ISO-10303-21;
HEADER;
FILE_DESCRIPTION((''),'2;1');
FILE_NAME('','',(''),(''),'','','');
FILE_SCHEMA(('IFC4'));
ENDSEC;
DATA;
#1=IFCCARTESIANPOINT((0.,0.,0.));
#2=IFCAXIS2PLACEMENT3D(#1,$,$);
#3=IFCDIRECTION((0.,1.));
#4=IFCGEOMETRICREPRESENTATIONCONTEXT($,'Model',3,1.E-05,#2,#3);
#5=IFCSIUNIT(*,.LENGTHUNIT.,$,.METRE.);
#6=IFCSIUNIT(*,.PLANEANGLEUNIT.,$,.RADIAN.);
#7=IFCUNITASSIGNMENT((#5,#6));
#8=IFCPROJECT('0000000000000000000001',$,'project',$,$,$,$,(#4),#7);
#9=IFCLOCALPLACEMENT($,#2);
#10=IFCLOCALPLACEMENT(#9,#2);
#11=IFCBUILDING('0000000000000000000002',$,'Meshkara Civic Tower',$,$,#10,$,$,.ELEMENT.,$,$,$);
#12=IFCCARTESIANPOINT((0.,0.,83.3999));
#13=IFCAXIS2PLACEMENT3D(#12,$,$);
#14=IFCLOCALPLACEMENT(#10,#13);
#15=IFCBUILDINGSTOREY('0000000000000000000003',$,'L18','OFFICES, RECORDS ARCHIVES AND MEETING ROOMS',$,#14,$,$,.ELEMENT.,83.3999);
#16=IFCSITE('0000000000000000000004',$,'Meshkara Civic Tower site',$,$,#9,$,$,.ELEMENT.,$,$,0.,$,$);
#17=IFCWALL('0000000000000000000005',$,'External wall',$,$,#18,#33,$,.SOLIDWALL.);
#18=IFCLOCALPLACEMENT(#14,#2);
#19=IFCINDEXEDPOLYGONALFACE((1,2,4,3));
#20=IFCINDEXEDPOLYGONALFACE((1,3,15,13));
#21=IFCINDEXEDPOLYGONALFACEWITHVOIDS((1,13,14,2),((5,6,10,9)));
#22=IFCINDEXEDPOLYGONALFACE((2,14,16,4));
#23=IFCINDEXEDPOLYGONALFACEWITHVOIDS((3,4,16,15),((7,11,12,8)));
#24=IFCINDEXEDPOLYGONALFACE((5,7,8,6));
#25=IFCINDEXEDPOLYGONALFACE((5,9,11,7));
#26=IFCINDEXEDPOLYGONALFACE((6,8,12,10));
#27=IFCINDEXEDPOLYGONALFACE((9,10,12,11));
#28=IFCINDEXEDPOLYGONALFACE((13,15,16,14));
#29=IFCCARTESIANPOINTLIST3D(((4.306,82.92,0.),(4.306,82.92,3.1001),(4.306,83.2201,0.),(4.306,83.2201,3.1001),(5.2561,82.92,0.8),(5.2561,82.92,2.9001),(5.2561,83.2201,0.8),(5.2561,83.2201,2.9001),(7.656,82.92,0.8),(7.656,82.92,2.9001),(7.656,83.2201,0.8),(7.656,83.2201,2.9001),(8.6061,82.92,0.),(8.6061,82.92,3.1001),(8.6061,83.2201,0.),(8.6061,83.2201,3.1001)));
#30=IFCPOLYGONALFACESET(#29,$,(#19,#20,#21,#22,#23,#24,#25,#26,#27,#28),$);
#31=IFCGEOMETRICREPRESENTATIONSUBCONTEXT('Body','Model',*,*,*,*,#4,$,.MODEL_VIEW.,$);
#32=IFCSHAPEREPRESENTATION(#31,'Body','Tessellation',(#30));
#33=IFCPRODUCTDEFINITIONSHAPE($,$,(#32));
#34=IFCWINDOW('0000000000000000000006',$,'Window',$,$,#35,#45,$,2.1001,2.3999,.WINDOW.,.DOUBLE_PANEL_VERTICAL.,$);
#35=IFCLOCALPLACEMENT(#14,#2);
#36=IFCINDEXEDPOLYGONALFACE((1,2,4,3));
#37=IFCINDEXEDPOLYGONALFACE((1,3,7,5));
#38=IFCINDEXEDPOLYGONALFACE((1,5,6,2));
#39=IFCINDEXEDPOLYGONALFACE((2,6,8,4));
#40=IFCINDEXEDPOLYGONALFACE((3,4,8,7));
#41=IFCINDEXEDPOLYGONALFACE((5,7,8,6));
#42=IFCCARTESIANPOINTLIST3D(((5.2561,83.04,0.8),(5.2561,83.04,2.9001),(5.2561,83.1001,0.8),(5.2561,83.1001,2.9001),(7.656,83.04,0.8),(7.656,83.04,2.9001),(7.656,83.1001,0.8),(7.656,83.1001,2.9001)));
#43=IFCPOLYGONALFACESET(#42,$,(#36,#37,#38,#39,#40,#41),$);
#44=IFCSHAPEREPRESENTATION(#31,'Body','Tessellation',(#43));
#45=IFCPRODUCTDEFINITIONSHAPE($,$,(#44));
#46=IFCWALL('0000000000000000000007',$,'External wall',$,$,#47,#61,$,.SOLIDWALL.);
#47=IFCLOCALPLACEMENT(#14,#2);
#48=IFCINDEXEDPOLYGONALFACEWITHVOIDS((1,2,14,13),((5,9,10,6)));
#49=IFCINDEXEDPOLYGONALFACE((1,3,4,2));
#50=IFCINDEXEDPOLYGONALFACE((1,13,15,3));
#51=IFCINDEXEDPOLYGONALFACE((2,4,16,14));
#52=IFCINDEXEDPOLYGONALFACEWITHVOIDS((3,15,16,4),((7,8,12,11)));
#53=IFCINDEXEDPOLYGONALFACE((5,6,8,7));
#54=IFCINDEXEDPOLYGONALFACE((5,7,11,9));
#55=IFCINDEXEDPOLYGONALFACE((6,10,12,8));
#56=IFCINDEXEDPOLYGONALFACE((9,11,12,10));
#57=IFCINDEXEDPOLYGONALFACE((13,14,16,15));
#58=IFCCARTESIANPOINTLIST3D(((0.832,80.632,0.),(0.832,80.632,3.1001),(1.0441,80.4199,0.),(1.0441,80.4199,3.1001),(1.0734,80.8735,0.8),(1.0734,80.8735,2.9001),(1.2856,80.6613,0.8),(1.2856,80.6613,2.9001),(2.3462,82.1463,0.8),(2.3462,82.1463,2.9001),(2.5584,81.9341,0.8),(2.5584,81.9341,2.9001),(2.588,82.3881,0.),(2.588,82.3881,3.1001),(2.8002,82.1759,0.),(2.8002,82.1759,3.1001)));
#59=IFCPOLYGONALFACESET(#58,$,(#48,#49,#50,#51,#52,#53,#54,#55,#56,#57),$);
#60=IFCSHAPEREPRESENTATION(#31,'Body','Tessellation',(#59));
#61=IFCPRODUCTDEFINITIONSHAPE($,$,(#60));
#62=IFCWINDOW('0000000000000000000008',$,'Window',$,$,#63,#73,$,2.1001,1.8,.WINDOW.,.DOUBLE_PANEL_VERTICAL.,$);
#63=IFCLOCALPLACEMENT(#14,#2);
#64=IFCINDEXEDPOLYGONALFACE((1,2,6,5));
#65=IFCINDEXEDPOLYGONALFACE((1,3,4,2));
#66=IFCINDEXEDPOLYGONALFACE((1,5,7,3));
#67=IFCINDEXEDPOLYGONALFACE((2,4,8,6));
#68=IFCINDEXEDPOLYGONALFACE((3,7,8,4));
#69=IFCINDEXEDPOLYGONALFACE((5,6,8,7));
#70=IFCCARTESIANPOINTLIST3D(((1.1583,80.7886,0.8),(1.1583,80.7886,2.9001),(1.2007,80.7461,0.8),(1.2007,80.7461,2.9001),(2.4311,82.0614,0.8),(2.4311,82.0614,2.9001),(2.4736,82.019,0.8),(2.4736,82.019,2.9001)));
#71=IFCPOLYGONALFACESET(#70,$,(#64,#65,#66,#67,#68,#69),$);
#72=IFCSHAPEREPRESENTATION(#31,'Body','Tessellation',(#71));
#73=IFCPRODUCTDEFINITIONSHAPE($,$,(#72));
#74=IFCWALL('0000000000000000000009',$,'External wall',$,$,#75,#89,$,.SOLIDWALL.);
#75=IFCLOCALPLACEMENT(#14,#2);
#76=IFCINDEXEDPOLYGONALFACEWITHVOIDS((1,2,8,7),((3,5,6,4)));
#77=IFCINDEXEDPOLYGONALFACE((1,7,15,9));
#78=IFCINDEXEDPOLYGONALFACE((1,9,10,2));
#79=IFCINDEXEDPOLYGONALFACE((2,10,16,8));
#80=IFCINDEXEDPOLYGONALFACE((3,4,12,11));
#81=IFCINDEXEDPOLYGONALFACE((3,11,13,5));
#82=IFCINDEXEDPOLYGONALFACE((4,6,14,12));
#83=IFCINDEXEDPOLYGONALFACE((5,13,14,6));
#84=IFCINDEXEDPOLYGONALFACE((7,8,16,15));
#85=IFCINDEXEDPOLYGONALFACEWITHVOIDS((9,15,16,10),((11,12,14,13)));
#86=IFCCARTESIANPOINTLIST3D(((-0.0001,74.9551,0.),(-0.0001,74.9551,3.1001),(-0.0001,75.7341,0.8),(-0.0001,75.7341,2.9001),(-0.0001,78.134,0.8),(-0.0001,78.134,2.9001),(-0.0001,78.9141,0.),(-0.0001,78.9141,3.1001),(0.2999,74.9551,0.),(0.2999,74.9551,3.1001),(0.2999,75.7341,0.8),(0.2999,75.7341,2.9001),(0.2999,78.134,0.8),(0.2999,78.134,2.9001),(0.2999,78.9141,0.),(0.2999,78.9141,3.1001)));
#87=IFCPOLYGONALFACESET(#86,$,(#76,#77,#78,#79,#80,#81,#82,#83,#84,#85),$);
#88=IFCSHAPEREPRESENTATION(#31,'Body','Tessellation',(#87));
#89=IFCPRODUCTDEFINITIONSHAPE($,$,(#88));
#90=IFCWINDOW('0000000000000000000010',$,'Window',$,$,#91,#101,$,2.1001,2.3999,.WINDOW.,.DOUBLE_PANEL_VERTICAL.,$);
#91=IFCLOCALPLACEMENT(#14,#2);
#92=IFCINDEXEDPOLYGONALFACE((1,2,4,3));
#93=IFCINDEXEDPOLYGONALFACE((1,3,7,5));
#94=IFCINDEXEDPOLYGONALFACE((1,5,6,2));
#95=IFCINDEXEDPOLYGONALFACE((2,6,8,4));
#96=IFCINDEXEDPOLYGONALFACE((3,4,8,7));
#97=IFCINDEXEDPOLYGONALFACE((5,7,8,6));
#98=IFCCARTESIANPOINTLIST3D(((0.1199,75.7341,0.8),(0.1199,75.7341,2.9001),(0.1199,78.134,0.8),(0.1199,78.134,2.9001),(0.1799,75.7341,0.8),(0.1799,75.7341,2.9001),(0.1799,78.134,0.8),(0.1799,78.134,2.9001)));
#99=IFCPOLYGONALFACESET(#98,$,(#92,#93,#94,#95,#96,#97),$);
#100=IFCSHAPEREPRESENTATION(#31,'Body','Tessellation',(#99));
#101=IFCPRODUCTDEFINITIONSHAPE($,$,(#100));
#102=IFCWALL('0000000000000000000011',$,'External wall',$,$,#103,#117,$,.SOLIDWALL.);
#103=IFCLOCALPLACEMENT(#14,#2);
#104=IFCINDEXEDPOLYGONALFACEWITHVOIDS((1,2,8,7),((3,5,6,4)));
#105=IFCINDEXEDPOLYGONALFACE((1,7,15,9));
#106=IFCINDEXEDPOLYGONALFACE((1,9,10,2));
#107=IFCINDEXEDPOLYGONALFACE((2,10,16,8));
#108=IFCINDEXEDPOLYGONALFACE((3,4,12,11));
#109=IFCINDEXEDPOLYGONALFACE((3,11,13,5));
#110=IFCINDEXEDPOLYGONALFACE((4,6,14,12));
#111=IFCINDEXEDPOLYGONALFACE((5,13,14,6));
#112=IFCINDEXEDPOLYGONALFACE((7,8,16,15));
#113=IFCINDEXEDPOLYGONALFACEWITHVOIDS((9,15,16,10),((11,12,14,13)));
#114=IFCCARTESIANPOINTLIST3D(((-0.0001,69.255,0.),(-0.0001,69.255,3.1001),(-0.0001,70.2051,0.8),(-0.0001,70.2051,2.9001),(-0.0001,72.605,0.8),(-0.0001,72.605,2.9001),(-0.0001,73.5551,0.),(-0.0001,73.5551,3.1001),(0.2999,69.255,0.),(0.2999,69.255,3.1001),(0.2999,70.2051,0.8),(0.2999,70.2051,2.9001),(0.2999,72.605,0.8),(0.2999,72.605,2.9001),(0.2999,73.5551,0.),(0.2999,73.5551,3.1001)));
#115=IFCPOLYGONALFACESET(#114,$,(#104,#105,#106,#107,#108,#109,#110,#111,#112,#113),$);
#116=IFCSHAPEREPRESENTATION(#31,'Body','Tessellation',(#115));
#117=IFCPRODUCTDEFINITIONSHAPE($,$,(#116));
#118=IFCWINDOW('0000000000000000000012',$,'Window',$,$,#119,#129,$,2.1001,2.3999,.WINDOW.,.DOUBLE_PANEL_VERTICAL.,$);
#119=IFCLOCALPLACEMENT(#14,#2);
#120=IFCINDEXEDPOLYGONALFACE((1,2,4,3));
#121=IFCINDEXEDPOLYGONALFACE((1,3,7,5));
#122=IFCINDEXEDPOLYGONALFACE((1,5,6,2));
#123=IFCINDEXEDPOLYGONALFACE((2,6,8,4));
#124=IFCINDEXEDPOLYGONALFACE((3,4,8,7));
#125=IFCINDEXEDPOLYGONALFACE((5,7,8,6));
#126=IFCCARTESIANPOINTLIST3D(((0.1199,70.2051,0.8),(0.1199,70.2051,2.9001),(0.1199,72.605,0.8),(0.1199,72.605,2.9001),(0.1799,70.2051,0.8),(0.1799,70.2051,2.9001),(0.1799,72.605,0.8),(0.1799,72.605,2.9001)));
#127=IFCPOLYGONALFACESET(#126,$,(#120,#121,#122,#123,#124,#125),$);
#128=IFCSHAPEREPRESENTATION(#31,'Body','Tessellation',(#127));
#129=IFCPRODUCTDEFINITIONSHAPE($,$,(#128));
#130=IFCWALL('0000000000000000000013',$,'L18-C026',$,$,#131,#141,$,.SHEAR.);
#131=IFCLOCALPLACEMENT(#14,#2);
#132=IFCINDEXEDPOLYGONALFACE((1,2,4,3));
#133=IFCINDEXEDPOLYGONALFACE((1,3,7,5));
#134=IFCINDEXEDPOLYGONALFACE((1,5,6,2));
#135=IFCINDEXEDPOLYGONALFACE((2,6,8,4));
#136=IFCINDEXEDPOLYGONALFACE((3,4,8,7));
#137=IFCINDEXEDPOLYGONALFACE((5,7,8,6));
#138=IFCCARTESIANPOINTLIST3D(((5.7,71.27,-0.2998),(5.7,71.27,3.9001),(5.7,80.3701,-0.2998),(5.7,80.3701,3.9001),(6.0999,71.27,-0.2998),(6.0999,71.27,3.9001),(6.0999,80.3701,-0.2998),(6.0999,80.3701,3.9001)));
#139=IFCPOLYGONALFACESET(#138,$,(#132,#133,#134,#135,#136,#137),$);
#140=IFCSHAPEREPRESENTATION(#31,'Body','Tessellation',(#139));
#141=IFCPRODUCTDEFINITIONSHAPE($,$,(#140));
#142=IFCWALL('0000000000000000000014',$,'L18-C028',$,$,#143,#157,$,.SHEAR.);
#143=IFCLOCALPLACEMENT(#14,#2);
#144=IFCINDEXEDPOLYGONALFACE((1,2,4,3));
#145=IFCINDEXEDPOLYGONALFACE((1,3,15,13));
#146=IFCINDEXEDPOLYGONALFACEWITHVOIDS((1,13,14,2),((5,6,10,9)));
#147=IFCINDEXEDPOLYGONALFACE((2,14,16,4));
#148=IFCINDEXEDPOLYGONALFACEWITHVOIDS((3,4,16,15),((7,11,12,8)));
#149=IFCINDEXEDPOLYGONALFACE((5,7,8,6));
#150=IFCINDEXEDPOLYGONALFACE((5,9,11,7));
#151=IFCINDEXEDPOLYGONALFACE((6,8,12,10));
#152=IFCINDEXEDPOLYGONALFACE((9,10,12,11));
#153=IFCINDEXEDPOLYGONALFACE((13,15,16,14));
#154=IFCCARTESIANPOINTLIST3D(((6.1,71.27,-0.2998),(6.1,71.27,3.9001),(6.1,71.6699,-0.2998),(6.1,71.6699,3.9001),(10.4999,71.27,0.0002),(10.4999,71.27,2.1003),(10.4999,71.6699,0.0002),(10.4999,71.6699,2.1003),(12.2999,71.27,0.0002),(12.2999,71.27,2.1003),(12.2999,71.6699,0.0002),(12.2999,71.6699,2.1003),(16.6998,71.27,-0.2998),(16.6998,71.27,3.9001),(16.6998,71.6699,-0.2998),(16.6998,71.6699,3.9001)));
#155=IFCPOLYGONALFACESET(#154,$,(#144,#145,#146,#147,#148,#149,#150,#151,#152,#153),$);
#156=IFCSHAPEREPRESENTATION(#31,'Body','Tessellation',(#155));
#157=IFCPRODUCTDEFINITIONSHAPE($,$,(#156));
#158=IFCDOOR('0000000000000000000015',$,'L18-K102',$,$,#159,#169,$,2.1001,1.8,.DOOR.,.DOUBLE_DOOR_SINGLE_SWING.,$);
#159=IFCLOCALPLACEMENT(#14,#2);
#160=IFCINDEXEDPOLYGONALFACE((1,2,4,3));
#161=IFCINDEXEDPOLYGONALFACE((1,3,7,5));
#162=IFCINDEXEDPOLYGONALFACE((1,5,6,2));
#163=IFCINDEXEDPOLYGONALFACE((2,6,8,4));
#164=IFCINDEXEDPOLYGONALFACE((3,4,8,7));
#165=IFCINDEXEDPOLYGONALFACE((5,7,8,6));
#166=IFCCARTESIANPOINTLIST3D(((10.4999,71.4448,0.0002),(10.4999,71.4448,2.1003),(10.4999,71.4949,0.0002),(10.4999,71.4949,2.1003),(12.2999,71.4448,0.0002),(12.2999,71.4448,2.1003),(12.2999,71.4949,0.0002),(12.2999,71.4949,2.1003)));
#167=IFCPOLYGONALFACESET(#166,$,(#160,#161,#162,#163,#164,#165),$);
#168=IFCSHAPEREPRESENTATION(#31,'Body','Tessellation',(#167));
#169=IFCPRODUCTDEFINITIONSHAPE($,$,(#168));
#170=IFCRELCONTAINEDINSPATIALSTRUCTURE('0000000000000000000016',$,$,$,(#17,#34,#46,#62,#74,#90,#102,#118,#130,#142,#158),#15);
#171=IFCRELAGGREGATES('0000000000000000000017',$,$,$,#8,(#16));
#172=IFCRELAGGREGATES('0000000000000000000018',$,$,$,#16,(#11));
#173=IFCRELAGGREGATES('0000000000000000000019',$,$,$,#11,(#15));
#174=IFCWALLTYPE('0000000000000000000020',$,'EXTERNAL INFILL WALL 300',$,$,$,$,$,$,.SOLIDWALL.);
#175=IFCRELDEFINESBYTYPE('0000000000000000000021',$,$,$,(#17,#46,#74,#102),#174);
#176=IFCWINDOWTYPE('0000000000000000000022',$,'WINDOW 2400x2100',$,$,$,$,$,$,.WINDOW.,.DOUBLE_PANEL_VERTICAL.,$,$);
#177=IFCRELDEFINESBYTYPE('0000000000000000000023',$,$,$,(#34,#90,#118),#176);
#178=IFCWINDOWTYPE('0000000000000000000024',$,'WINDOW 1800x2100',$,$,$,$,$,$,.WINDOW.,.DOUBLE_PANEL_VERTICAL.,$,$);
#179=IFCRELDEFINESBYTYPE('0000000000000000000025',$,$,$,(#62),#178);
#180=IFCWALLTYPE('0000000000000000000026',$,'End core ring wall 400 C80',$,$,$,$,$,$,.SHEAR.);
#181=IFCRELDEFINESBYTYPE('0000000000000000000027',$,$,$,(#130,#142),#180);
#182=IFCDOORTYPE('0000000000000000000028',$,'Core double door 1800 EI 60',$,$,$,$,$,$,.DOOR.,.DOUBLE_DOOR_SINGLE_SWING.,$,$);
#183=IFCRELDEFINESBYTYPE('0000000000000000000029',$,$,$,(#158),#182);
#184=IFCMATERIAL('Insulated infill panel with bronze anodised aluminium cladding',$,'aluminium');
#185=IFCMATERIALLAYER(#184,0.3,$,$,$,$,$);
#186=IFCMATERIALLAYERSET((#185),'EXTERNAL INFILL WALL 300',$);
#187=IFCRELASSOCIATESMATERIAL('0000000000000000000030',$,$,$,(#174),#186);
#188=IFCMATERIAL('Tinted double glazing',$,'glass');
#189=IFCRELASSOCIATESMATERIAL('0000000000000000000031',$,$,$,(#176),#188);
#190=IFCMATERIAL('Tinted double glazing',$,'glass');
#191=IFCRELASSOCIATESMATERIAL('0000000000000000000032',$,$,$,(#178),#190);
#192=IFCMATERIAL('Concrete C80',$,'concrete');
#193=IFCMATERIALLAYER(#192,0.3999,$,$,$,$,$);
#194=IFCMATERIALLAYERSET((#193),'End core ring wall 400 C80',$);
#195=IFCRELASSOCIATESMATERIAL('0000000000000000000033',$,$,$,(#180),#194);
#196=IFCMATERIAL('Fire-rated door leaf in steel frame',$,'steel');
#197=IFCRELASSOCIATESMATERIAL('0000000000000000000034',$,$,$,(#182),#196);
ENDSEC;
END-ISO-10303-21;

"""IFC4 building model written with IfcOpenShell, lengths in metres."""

from ifc_helpers import new_model, si_unit, direction, frame, frame_2d, origin, place, context, subcontext, project, spatial, rectangle, extrude, material, layer, layer_set, type_object, element, fill, save


model = new_model("IFC4")

# Units and contexts
model_context = context("Model", 3, precision=1e-05, world=origin(), true_north=direction((0.0, 1.0)))
body_context = subcontext(model_context, "Body", "Model", "MODEL_VIEW")
ifc_project = project(units=[si_unit("LENGTHUNIT", "METRE"), si_unit("PLANEANGLEUNIT", "RADIAN")], contexts=[model_context])

# Site, building, storey
site_placement = place(None, origin())
site = spatial("IfcSite", under=ifc_project, at=site_placement, Name="Meshkara Civic Tower site", CompositionType="ELEMENT", RefElevation=0.0)
building_placement = place(site_placement, origin())
building = spatial("IfcBuilding", under=site, at=building_placement, Name="Meshkara Civic Tower", CompositionType="ELEMENT")
storey_placement = place(building_placement, frame((0.0, 0.0, 83.3999)))
storey = spatial("IfcBuildingStorey", under=building, at=storey_placement, Name="L18", Description="OFFICES, RECORDS ARCHIVES AND MEETING ROOMS", CompositionType="ELEMENT", Elevation=83.3999)

# Walls, openings, windows
ifc_material_1 = material(Name="Insulated infill panel with bronze anodised aluminium cladding", Category="aluminium")
ifc_layer_1 = layer(ifc_material_1, 0.3)
ifc_layer_set_1 = layer_set([ifc_layer_1], Name="EXTERNAL INFILL WALL 300")
wall_type_1 = type_object("IfcWallType", Name="EXTERNAL INFILL WALL 300", PredefinedType="SOLIDWALL", material=ifc_layer_set_1)
wall_1_placement = place(storey_placement, frame((8.606, 83.0701, 0.0), z_axis=(0.0, 0.0, 1.0), x_axis=(-1.0, 0.0, 0.0)))
wall_1 = element("IfcWall", 1, at=wall_1_placement, inside=storey, type_object=wall_type_1, Name="External wall", PredefinedType="SOLIDWALL", context=body_context, shape_type="SweptSolid", body=[
    extrude(rectangle(XDim=4.3, YDim=0.3, at=frame_2d((2.1499, 0.0))), origin(), (0.0, 0.0, 1.0), 3.1001),
])
opening_1_placement = place(wall_1_placement, frame((0.95, 0.0, 0.8)))
opening_1 = element("IfcOpeningElement", 2, at=opening_1_placement, cuts=wall_1, PredefinedType="OPENING", context=body_context, shape_type="SweptSolid", body=[
    extrude(rectangle(XDim=2.3999, YDim=2.1001, at=frame_2d((1.2, 1.05))), frame((0.0, 0.1599, 0.0), z_axis=(0.0, -1.0, 0.0), x_axis=(1.0, 0.0, 0.0)), (0.0, 0.0, 1.0), 0.3201),
])
ifc_material_2 = material(Name="Tinted double glazing", Category="glass")
window_type_1 = type_object("IfcWindowType", Name="WINDOW 2400x2100", PartitioningType="DOUBLE_PANEL_VERTICAL", PredefinedType="WINDOW", material=ifc_material_2)
window_1_placement = place(opening_1_placement, origin())
window_1 = element("IfcWindow", 3, at=window_1_placement, inside=storey, type_object=window_type_1, Name="Window", OverallHeight=2.1001, OverallWidth=2.3999, PartitioningType="DOUBLE_PANEL_VERTICAL", PredefinedType="WINDOW", context=body_context, shape_type="SweptSolid", body=[
    extrude(rectangle(XDim=2.3999, YDim=2.1001, at=frame_2d((1.2, 1.05))), frame((0.0, 0.03, 0.0), z_axis=(0.0, -1.0, 0.0), x_axis=(1.0, 0.0, 0.0)), (0.0, 0.0, 1.0), 0.0601),
])
fill(opening_1, window_1)
wall_2_placement = place(storey_placement, frame((2.6941, 82.282, 0.0), z_axis=(0.0, 0.0, 1.0), x_axis=(-0.707107, -0.707107, 0.0)))
wall_2 = element("IfcWall", 4, at=wall_2_placement, inside=storey, type_object=wall_type_1, Name="External wall", PredefinedType="SOLIDWALL", context=body_context, shape_type="SweptSolid", body=[
    extrude(rectangle(XDim=2.4834, YDim=0.3, at=frame_2d((1.2417, 0.0))), origin(), (0.0, 0.0, 1.0), 3.1001),
])
opening_2_placement = place(wall_2_placement, frame((0.342, 0.0, 0.8)))
opening_2 = element("IfcOpeningElement", 5, at=opening_2_placement, cuts=wall_2, PredefinedType="OPENING", context=body_context, shape_type="SweptSolid", body=[
    extrude(rectangle(XDim=1.8, YDim=2.1001, at=frame_2d((0.8999, 1.05))), frame((0.0, 0.1599, 0.0), z_axis=(0.0, -1.0, 0.0), x_axis=(1.0, 0.0, 0.0)), (0.0, 0.0, 1.0), 0.3201),
])
ifc_material_3 = material(Name="Tinted double glazing", Category="glass")
window_type_2 = type_object("IfcWindowType", Name="WINDOW 1800x2100", PartitioningType="DOUBLE_PANEL_VERTICAL", PredefinedType="WINDOW", material=ifc_material_3)
window_2_placement = place(opening_2_placement, origin())
window_2 = element("IfcWindow", 6, at=window_2_placement, inside=storey, type_object=window_type_2, Name="Window", OverallHeight=2.1001, OverallWidth=1.8, PartitioningType="DOUBLE_PANEL_VERTICAL", PredefinedType="WINDOW", context=body_context, shape_type="SweptSolid", body=[
    extrude(rectangle(XDim=1.8, YDim=2.1001, at=frame_2d((0.8999, 1.05))), frame((0.0, 0.03, 0.0), z_axis=(0.0, -1.0, 0.0), x_axis=(1.0, 0.0, 0.0)), (0.0, 0.0, 1.0), 0.0601),
])
fill(opening_2, window_2)
wall_3_placement = place(storey_placement, frame((0.1499, 78.9141, 0.0), z_axis=(0.0, 0.0, 1.0), x_axis=(0.0, -1.0, 0.0)))
wall_3 = element("IfcWall", 7, at=wall_3_placement, inside=storey, type_object=wall_type_1, Name="External wall", PredefinedType="SOLIDWALL", context=body_context, shape_type="SweptSolid", body=[
    extrude(rectangle(XDim=3.959, YDim=0.3, at=frame_2d((1.9795, 0.0))), origin(), (0.0, 0.0, 1.0), 3.1001),
])
opening_3_placement = place(wall_3_placement, frame((0.78, 0.0, 0.8)))
opening_3 = element("IfcOpeningElement", 8, at=opening_3_placement, cuts=wall_3, PredefinedType="OPENING", context=body_context, shape_type="SweptSolid", body=[
    extrude(rectangle(XDim=2.3999, YDim=2.1001, at=frame_2d((1.2, 1.05))), frame((0.0, 0.1599, 0.0), z_axis=(0.0, -1.0, 0.0), x_axis=(1.0, 0.0, 0.0)), (0.0, 0.0, 1.0), 0.3201),
])
window_3_placement = place(opening_3_placement, origin())
window_3 = element("IfcWindow", 9, at=window_3_placement, inside=storey, type_object=window_type_1, Name="Window", OverallHeight=2.1001, OverallWidth=2.3999, PartitioningType="DOUBLE_PANEL_VERTICAL", PredefinedType="WINDOW", context=body_context, shape_type="SweptSolid", body=[
    extrude(rectangle(XDim=2.3999, YDim=2.1001, at=frame_2d((1.2, 1.05))), frame((0.0, 0.03, 0.0), z_axis=(0.0, -1.0, 0.0), x_axis=(1.0, 0.0, 0.0)), (0.0, 0.0, 1.0), 0.0601),
])
fill(opening_3, window_3)
wall_4_placement = place(storey_placement, frame((0.1499, 73.5549, 0.0), z_axis=(0.0, 0.0, 1.0), x_axis=(0.0, -1.0, 0.0)))
wall_4 = element("IfcWall", 10, at=wall_4_placement, inside=storey, type_object=wall_type_1, Name="External wall", PredefinedType="SOLIDWALL", context=body_context, shape_type="SweptSolid", body=[
    extrude(rectangle(XDim=4.3, YDim=0.3, at=frame_2d((2.1499, 0.0))), origin(), (0.0, 0.0, 1.0), 3.1001),
])
opening_4_placement = place(wall_4_placement, frame((0.95, 0.0, 0.8)))
opening_4 = element("IfcOpeningElement", 11, at=opening_4_placement, cuts=wall_4, PredefinedType="OPENING", context=body_context, shape_type="SweptSolid", body=[
    extrude(rectangle(XDim=2.3999, YDim=2.1001, at=frame_2d((1.2, 1.05))), frame((0.0, 0.1599, 0.0), z_axis=(0.0, -1.0, 0.0), x_axis=(1.0, 0.0, 0.0)), (0.0, 0.0, 1.0), 0.3201),
])
window_4_placement = place(opening_4_placement, origin())
window_4 = element("IfcWindow", 12, at=window_4_placement, inside=storey, type_object=window_type_1, Name="Window", OverallHeight=2.1001, OverallWidth=2.3999, PartitioningType="DOUBLE_PANEL_VERTICAL", PredefinedType="WINDOW", context=body_context, shape_type="SweptSolid", body=[
    extrude(rectangle(XDim=2.3999, YDim=2.1001, at=frame_2d((1.2, 1.05))), frame((0.0, 0.03, 0.0), z_axis=(0.0, -1.0, 0.0), x_axis=(1.0, 0.0, 0.0)), (0.0, 0.0, 1.0), 0.0601),
])
fill(opening_4, window_4)

# Wall
ifc_material_4 = material(Name="Concrete C80", Category="concrete")
ifc_layer_2 = layer(ifc_material_4, 0.3999)
ifc_layer_set_2 = layer_set([ifc_layer_2], Name="End core ring wall 400 C80")
wall_type_2 = type_object("IfcWallType", Name="End core ring wall 400 C80", PredefinedType="SHEAR", material=ifc_layer_set_2)
wall_5_placement = place(storey_placement, frame((5.8999, 71.27, -0.2998), z_axis=(0.0, 0.0, 1.0), x_axis=(0.0, 1.0, 0.0)))
element("IfcWall", 13, at=wall_5_placement, inside=storey, type_object=wall_type_2, Name="L18-C026", PredefinedType="SHEAR", context=body_context, shape_type="SweptSolid", body=[
    extrude(rectangle(XDim=9.1001, YDim=0.3999, at=frame_2d((4.55, 0.0))), origin(), (0.0, 0.0, 1.0), 4.2),
])

# Wall, opening, door
wall_6_placement = place(storey_placement, frame((6.1001, 71.47, -0.2998), z_axis=(0.0, 0.0, 1.0), x_axis=(1.0, 0.0, 0.0)))
wall_6 = element("IfcWall", 14, at=wall_6_placement, inside=storey, type_object=wall_type_2, Name="L18-C028", PredefinedType="SHEAR", context=body_context, shape_type="SweptSolid", body=[
    extrude(rectangle(XDim=10.5999, YDim=0.3999, at=frame_2d((5.2998, 0.0))), origin(), (0.0, 0.0, 1.0), 4.2),
])
opening_5_placement = place(wall_6_placement, frame((4.3999, 0.0, 0.3)))
opening_5 = element("IfcOpeningElement", 15, at=opening_5_placement, cuts=wall_6, PredefinedType="OPENING", context=body_context, shape_type="SweptSolid", body=[
    extrude(rectangle(XDim=1.8, YDim=2.1001, at=frame_2d((0.8999, 1.05))), frame((0.0, 0.21, 0.0), z_axis=(0.0, -1.0, 0.0), x_axis=(1.0, 0.0, 0.0)), (0.0, 0.0, 1.0), 0.4199),
])
ifc_material_5 = material(Name="Fire-rated door leaf in steel frame", Category="steel")
door_type_1 = type_object("IfcDoorType", Name="Core double door 1800 EI 60", OperationType="DOUBLE_DOOR_SINGLE_SWING", PredefinedType="DOOR", material=ifc_material_5)
door_1_placement = place(opening_5_placement, origin())
door_1 = element("IfcDoor", 16, at=door_1_placement, inside=storey, type_object=door_type_1, Name="L18-K102", OperationType="DOUBLE_DOOR_SINGLE_SWING", OverallHeight=2.1001, OverallWidth=1.8, PredefinedType="DOOR", context=body_context, shape_type="SweptSolid", body=[
    extrude(rectangle(XDim=1.8, YDim=2.1001, at=frame_2d((0.8999, 1.05))), frame((0.0, 0.0249, 0.0), z_axis=(0.0, -1.0, 0.0), x_axis=(1.0, 0.0, 0.0)), (0.0, 0.0, 1.0), 0.05),
])
fill(opening_5, door_1)

save(model, "model.ifc")
